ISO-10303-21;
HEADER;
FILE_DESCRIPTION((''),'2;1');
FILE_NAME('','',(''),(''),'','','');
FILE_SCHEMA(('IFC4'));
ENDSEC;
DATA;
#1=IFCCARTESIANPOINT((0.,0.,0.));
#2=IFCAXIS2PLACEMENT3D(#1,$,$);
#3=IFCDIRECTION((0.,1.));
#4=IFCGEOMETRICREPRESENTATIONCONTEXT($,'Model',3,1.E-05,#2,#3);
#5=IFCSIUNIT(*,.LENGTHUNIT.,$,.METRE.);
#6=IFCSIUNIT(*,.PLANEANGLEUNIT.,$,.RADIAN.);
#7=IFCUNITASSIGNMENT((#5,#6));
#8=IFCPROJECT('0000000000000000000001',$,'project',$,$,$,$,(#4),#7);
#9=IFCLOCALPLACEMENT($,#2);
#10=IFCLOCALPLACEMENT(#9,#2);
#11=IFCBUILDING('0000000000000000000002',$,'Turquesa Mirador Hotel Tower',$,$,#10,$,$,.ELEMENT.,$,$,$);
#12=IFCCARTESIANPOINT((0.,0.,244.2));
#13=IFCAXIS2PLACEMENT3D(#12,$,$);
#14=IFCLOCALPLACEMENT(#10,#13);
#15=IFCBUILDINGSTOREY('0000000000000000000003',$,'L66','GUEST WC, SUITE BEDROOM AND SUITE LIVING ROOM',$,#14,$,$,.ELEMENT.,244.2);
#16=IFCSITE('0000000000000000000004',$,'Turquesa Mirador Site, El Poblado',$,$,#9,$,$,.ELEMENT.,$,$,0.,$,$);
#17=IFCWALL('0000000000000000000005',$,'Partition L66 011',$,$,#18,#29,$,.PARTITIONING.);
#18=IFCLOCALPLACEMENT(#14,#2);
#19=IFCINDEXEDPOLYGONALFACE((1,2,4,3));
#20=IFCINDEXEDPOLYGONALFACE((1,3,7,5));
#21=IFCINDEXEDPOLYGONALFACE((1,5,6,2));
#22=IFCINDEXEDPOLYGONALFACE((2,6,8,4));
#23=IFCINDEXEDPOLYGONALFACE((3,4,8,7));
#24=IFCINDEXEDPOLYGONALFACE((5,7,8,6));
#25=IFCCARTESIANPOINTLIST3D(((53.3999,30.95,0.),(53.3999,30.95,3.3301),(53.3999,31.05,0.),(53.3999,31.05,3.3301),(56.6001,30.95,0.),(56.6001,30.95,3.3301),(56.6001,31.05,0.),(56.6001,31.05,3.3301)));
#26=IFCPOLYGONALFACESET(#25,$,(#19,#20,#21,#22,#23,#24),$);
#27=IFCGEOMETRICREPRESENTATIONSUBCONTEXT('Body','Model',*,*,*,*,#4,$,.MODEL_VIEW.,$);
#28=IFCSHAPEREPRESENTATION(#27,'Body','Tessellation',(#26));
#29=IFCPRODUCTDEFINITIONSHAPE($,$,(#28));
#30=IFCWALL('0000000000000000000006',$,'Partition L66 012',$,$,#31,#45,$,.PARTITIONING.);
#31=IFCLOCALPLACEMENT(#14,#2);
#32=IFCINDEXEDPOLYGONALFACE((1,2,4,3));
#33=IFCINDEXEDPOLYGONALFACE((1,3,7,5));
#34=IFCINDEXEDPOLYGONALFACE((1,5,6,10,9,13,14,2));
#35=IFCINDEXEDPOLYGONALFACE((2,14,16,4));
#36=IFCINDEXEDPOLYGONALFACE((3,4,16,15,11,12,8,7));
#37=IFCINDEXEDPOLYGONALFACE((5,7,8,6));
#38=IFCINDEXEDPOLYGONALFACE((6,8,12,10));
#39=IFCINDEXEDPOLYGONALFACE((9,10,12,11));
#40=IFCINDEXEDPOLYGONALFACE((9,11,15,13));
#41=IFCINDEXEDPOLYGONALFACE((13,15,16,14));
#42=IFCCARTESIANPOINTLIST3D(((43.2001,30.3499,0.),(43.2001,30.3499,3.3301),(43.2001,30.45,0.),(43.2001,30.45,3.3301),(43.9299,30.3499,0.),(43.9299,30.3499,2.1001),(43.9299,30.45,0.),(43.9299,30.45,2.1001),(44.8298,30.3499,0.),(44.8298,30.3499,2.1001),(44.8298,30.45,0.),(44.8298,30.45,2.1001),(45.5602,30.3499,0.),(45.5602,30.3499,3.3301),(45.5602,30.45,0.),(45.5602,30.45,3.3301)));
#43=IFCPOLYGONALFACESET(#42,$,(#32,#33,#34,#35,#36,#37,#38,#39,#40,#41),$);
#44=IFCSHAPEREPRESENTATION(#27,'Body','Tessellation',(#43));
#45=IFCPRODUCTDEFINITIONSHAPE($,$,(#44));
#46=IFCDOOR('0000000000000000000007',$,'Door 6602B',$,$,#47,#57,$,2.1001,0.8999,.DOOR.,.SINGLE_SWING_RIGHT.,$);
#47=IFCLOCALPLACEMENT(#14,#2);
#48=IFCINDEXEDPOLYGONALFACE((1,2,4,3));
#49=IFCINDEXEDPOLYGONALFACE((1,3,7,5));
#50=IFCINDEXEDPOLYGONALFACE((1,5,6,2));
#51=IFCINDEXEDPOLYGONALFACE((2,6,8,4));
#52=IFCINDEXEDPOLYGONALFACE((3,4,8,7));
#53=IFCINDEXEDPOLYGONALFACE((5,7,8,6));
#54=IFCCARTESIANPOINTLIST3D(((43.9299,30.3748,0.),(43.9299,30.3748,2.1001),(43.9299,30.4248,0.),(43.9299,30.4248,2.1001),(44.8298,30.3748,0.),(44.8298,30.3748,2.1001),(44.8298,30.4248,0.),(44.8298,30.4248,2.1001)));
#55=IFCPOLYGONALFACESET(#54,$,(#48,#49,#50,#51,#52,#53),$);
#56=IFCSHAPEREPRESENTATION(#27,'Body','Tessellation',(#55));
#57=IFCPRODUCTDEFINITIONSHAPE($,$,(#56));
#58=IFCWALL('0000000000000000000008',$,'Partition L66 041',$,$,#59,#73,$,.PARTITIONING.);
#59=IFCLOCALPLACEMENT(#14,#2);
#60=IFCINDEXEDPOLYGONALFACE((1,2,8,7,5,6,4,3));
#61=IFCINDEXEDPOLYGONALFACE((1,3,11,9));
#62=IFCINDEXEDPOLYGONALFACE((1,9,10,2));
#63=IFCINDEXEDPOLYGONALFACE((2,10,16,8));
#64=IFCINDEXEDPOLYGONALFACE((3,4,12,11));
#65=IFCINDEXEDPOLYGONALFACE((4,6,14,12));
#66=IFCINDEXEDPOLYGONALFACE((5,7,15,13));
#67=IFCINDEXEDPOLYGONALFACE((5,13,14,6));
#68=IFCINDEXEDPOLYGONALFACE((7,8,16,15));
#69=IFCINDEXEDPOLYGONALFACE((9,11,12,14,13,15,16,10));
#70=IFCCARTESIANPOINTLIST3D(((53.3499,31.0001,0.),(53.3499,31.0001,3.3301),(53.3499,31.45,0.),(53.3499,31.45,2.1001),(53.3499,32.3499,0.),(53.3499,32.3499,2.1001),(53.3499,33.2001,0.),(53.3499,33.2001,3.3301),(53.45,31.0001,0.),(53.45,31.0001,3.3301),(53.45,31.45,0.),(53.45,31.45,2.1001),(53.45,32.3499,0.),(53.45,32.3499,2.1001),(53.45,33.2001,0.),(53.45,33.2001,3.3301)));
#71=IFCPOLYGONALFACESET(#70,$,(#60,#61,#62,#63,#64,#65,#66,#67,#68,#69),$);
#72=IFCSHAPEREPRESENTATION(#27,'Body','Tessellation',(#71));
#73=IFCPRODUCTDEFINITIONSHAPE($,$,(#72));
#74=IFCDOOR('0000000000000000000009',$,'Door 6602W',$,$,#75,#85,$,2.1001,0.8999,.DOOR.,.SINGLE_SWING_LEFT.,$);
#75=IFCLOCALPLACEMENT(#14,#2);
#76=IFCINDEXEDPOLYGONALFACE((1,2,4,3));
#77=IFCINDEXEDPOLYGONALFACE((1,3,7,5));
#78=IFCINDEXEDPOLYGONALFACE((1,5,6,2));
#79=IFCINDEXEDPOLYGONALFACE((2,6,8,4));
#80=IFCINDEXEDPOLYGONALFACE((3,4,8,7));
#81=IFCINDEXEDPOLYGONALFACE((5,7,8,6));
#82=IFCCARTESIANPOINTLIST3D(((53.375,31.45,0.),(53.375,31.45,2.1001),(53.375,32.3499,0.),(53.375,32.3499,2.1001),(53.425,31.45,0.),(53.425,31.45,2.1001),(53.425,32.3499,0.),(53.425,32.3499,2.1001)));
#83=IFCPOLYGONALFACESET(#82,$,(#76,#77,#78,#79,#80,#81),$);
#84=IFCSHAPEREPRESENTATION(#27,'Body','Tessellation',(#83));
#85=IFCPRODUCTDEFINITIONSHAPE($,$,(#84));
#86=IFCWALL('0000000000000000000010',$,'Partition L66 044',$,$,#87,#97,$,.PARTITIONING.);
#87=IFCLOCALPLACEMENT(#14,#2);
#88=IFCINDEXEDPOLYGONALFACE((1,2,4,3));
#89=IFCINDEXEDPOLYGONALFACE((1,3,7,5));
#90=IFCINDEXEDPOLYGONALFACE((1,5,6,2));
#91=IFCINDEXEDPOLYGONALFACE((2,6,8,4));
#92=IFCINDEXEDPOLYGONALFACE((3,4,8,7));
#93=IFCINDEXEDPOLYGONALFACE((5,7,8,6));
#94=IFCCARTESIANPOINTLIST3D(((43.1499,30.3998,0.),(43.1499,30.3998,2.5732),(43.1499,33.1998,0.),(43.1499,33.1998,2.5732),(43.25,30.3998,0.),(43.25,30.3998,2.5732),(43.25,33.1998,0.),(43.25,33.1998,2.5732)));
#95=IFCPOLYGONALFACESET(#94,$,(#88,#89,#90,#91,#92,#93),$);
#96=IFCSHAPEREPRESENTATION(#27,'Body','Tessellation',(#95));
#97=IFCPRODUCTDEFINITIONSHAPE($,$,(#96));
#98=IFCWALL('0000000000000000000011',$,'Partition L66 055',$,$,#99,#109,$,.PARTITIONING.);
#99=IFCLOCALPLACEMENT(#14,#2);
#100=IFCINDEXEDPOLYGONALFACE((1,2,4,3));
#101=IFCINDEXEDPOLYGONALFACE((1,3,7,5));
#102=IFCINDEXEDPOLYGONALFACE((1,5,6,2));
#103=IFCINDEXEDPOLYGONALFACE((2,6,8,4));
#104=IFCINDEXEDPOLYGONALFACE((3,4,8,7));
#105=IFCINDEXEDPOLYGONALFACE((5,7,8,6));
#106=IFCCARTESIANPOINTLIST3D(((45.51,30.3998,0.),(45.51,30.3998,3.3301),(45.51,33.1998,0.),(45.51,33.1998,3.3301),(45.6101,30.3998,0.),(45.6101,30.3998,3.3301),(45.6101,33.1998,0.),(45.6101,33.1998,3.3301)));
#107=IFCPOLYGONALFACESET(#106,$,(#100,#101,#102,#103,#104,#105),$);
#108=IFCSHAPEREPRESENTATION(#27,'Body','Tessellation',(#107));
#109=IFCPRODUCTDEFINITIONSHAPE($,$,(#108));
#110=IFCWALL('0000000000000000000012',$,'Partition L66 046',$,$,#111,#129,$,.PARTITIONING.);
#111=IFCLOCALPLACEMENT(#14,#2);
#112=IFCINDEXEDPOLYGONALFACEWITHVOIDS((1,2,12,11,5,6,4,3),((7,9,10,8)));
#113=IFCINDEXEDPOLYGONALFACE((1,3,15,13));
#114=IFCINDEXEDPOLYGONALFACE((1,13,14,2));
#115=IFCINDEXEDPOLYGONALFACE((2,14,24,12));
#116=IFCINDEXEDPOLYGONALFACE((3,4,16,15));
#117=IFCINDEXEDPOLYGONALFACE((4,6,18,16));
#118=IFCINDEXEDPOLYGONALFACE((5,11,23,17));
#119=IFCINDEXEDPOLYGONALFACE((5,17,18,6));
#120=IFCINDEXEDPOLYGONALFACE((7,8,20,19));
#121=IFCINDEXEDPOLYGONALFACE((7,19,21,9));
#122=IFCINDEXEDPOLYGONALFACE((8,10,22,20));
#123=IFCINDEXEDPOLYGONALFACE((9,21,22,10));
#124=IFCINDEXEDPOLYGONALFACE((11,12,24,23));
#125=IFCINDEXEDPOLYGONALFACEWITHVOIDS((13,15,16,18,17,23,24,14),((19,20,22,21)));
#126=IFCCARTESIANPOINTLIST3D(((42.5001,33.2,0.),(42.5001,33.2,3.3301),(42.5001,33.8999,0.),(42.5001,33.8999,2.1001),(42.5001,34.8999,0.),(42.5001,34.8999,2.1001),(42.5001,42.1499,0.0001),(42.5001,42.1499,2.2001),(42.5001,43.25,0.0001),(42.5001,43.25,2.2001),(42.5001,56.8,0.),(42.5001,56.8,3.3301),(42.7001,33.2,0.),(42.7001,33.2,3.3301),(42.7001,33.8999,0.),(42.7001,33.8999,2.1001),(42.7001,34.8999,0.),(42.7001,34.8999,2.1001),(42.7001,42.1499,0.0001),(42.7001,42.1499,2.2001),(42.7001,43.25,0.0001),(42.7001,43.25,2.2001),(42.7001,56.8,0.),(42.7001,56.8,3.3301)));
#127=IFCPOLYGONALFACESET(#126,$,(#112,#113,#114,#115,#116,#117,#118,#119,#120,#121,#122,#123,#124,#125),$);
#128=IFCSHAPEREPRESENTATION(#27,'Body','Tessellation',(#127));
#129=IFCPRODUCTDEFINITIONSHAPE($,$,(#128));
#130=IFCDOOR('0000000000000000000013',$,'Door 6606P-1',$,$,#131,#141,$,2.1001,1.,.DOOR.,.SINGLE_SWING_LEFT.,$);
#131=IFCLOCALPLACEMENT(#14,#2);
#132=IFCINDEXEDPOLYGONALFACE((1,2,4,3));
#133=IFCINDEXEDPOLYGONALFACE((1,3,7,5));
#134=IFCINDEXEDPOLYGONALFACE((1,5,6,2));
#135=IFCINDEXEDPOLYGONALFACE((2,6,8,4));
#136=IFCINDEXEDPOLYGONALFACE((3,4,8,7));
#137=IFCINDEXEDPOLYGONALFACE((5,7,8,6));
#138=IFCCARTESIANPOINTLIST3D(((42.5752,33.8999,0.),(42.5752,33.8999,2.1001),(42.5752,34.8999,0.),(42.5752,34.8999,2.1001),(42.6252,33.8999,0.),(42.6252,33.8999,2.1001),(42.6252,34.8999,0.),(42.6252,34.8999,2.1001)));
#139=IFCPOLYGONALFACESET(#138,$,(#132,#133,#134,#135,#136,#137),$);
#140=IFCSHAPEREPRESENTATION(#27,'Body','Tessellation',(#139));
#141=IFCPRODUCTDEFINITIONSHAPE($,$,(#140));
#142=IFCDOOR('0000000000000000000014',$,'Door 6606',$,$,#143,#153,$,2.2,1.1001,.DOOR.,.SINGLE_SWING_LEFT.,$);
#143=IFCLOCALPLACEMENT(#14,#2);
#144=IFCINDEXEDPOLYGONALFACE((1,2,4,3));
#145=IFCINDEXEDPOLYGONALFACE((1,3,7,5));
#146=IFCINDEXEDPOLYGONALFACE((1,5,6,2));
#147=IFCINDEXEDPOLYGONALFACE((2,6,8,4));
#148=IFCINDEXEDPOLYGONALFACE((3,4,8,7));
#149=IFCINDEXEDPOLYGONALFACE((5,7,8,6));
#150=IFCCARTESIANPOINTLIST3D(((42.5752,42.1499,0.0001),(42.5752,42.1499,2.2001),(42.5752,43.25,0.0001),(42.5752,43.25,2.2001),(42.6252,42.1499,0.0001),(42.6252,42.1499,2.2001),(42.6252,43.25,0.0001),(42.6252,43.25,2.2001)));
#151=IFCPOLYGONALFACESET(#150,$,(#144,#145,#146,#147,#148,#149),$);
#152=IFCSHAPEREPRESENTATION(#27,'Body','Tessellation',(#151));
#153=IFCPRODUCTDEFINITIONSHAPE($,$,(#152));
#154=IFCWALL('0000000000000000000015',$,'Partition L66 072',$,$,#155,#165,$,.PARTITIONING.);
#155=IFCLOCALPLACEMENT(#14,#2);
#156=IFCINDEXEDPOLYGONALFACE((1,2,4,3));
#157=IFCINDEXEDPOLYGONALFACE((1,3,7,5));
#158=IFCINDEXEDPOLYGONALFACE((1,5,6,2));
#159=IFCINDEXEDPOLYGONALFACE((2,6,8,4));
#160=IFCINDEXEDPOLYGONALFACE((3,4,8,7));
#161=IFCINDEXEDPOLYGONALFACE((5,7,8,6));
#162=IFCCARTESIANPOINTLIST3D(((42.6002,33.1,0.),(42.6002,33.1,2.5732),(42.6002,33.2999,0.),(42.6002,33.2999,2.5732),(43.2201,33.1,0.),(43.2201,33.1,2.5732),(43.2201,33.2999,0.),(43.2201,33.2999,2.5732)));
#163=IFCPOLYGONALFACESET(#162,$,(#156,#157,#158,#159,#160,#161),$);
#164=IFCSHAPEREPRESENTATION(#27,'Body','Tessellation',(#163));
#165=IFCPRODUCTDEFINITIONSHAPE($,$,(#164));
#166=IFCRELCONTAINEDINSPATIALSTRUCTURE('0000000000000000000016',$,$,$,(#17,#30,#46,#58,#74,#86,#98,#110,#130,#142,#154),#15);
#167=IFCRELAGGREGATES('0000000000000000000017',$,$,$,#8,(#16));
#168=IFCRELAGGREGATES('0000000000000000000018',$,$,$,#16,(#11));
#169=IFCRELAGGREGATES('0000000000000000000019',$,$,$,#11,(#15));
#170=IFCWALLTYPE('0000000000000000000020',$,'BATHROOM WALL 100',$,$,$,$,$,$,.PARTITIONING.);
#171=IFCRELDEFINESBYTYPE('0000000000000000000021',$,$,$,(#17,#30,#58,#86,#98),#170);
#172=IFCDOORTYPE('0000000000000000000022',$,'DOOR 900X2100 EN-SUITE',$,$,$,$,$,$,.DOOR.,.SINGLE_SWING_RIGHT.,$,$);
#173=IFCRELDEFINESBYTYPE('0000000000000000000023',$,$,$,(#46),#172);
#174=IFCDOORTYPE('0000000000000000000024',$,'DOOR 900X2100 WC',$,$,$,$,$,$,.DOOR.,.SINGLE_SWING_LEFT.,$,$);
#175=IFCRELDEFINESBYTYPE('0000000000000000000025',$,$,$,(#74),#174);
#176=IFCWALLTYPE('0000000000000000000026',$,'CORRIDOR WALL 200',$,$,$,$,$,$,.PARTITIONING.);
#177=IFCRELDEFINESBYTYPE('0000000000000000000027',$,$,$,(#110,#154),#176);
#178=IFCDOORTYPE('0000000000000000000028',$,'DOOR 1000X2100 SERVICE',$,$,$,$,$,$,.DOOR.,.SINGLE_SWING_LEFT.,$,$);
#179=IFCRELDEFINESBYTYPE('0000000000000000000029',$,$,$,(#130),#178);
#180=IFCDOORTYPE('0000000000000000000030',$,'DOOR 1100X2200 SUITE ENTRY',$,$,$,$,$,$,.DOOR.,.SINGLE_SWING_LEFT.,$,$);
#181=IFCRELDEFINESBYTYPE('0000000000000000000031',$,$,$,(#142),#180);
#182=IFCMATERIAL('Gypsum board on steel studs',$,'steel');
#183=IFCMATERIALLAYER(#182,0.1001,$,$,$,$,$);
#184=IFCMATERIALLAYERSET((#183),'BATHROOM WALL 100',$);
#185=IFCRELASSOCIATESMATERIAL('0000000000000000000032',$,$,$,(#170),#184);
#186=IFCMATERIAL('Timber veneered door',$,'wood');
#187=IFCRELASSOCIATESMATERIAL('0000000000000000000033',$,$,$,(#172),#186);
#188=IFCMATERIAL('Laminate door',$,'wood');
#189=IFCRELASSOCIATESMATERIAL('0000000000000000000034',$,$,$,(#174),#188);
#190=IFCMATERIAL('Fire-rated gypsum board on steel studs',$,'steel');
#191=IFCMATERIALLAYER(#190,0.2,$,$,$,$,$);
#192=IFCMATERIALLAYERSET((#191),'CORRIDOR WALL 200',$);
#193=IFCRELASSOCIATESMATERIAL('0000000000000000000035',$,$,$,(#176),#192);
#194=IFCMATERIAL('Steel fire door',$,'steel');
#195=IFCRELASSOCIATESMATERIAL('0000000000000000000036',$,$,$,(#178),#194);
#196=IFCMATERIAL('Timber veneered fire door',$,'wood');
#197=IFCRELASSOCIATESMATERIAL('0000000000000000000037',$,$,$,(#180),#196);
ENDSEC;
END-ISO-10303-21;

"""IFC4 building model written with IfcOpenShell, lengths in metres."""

from ifc_helpers import new_model, si_unit, direction, frame, frame_2d, origin, place, context, subcontext, project, spatial, rectangle, extrude, material, layer, layer_set, type_object, element, fill, save


model = new_model("IFC4")

# Units and contexts
model_context = context("Model", 3, precision=1e-05, world=origin(), true_north=direction((0.0, 1.0)))
body_context = subcontext(model_context, "Body", "Model", "MODEL_VIEW")
ifc_project = project(units=[si_unit("LENGTHUNIT", "METRE"), si_unit("PLANEANGLEUNIT", "RADIAN")], contexts=[model_context])

# Site, building, storey
site_placement = place(None, origin())
site = spatial("IfcSite", under=ifc_project, at=site_placement, Name="Turquesa Mirador Site, El Poblado", CompositionType="ELEMENT", RefElevation=0.0)
building_placement = place(site_placement, origin())
building = spatial("IfcBuilding", under=site, at=building_placement, Name="Turquesa Mirador Hotel Tower", CompositionType="ELEMENT")
storey_placement = place(building_placement, frame((0.0, 0.0, 244.2)))
storey = spatial("IfcBuildingStorey", under=building, at=storey_placement, Name="L66", Description="GUEST WC, SUITE BEDROOM AND SUITE LIVING ROOM", CompositionType="ELEMENT", Elevation=244.2)

# Wall
ifc_material_1 = material(Name="Gypsum board on steel studs", Category="steel")
ifc_layer_1 = layer(ifc_material_1, 0.1001)
ifc_layer_set_1 = layer_set([ifc_layer_1], Name="BATHROOM WALL 100")
wall_type_1 = type_object("IfcWallType", Name="BATHROOM WALL 100", PredefinedType="PARTITIONING", material=ifc_layer_set_1)
wall_1_placement = place(storey_placement, frame((53.3999, 31.0, 0.0), z_axis=(0.0, 0.0, 1.0), x_axis=(1.0, 0.0, 0.0)))
element("IfcWall", 1, at=wall_1_placement, inside=storey, type_object=wall_type_1, Name="Partition L66 011", PredefinedType="PARTITIONING", context=body_context, shape_type="SweptSolid", body=[
    extrude(rectangle(XDim=3.2002, YDim=0.1001, at=frame_2d((1.6001, 0.0))), origin(), (0.0, 0.0, 1.0), 3.3301),
])

# Walls, openings, doors
wall_2_placement = place(storey_placement, frame((43.2, 30.3999, 0.0), z_axis=(0.0, 0.0, 1.0), x_axis=(1.0, 0.0, 0.0)))
wall_2 = element("IfcWall", 2, at=wall_2_placement, inside=storey, type_object=wall_type_1, Name="Partition L66 012", PredefinedType="PARTITIONING", context=body_context, shape_type="SweptSolid", body=[
    extrude(rectangle(XDim=2.3601, YDim=0.1001, at=frame_2d((1.1802, 0.0))), origin(), (0.0, 0.0, 1.0), 3.3301),
])
opening_1_placement = place(wall_2_placement, frame((0.73, 0.0, 0.0)))
opening_1 = element("IfcOpeningElement", 3, at=opening_1_placement, cuts=wall_2, PredefinedType="OPENING", context=body_context, shape_type="SweptSolid", body=[
    extrude(rectangle(XDim=0.8999, YDim=2.1001, at=frame_2d((0.45, 1.05))), frame((0.0, 0.0601, 0.0), z_axis=(0.0, -1.0, 0.0), x_axis=(1.0, 0.0, 0.0)), (0.0, 0.0, 1.0), 0.1201),
])
ifc_material_2 = material(Name="Timber veneered door", Category="wood")
door_type_1 = type_object("IfcDoorType", Name="DOOR 900X2100 EN-SUITE", OperationType="SINGLE_SWING_RIGHT", PredefinedType="DOOR", material=ifc_material_2)
door_1_placement = place(opening_1_placement, origin())
door_1 = element("IfcDoor", 4, at=door_1_placement, inside=storey, type_object=door_type_1, Name="Door 6602B", OperationType="SINGLE_SWING_RIGHT", OverallHeight=2.1001, OverallWidth=0.8999, PredefinedType="DOOR", context=body_context, shape_type="SweptSolid", body=[
    extrude(rectangle(XDim=0.8999, YDim=2.1001, at=frame_2d((0.45, 1.05))), frame((0.0, 0.0249, 0.0), z_axis=(0.0, -1.0, 0.0), x_axis=(1.0, 0.0, 0.0)), (0.0, 0.0, 1.0), 0.05),
])
fill(opening_1, door_1)
wall_3_placement = place(storey_placement, frame((53.3999, 31.0, 0.0), z_axis=(0.0, 0.0, 1.0), x_axis=(0.0, 1.0, 0.0)))
wall_3 = element("IfcWall", 5, at=wall_3_placement, inside=storey, type_object=wall_type_1, Name="Partition L66 041", PredefinedType="PARTITIONING", context=body_context, shape_type="SweptSolid", body=[
    extrude(rectangle(XDim=2.2, YDim=0.1001, at=frame_2d((1.1001, 0.0))), origin(), (0.0, 0.0, 1.0), 3.3301),
])
opening_2_placement = place(wall_3_placement, frame((0.45, 0.0, 0.0)))
opening_2 = element("IfcOpeningElement", 6, at=opening_2_placement, cuts=wall_3, PredefinedType="OPENING", context=body_context, shape_type="SweptSolid", body=[
    extrude(rectangle(XDim=0.8999, YDim=2.1001, at=frame_2d((0.45, 1.05))), frame((0.0, 0.0601, 0.0), z_axis=(0.0, -1.0, 0.0), x_axis=(1.0, 0.0, 0.0)), (0.0, 0.0, 1.0), 0.1201),
])
ifc_material_3 = material(Name="Laminate door", Category="wood")
door_type_2 = type_object("IfcDoorType", Name="DOOR 900X2100 WC", OperationType="SINGLE_SWING_LEFT", PredefinedType="DOOR", material=ifc_material_3)
door_2_placement = place(opening_2_placement, origin())
door_2 = element("IfcDoor", 7, at=door_2_placement, inside=storey, type_object=door_type_2, Name="Door 6602W", OperationType="SINGLE_SWING_LEFT", OverallHeight=2.1001, OverallWidth=0.8999, PredefinedType="DOOR", context=body_context, shape_type="SweptSolid", body=[
    extrude(rectangle(XDim=0.8999, YDim=2.1001, at=frame_2d((0.45, 1.05))), frame((0.0, 0.0249, 0.0), z_axis=(0.0, -1.0, 0.0), x_axis=(1.0, 0.0, 0.0)), (0.0, 0.0, 1.0), 0.05),
])
fill(opening_2, door_2)

# Walls
wall_4_placement = place(storey_placement, frame((43.2, 30.3999, 0.0), z_axis=(0.0, 0.0, 1.0), x_axis=(0.0, 1.0, 0.0)))
element("IfcWall", 8, at=wall_4_placement, inside=storey, type_object=wall_type_1, Name="Partition L66 044", PredefinedType="PARTITIONING", context=body_context, shape_type="SweptSolid", body=[
    extrude(rectangle(XDim=2.8, YDim=0.1001, at=frame_2d((1.3999, 0.0))), origin(), (0.0, 0.0, 1.0), 2.5732),
])
wall_5_placement = place(storey_placement, frame((45.5601, 30.3999, 0.0), z_axis=(0.0, 0.0, 1.0), x_axis=(0.0, 1.0, 0.0)))
element("IfcWall", 9, at=wall_5_placement, inside=storey, type_object=wall_type_1, Name="Partition L66 055", PredefinedType="PARTITIONING", context=body_context, shape_type="SweptSolid", body=[
    extrude(rectangle(XDim=2.8, YDim=0.1001, at=frame_2d((1.3999, 0.0))), origin(), (0.0, 0.0, 1.0), 3.3301),
])

# Wall, openings, doors
ifc_material_4 = material(Name="Fire-rated gypsum board on steel studs", Category="steel")
ifc_layer_2 = layer(ifc_material_4, 0.2)
ifc_layer_set_2 = layer_set([ifc_layer_2], Name="CORRIDOR WALL 200")
wall_type_2 = type_object("IfcWallType", Name="CORRIDOR WALL 200", PredefinedType="PARTITIONING", material=ifc_layer_set_2)
wall_6_placement = place(storey_placement, frame((42.6001, 33.2, 0.0), z_axis=(0.0, 0.0, 1.0), x_axis=(0.0, 1.0, 0.0)))
wall_6 = element("IfcWall", 10, at=wall_6_placement, inside=storey, type_object=wall_type_2, Name="Partition L66 046", PredefinedType="PARTITIONING", context=body_context, shape_type="SweptSolid", body=[
    extrude(rectangle(XDim=23.6001, YDim=0.2, at=frame_2d((11.8, 0.0))), origin(), (0.0, 0.0, 1.0), 3.3301),
])
opening_3_placement = place(wall_6_placement, frame((8.95, 0.0, 0.0)))
opening_3 = element("IfcOpeningElement", 11, at=opening_3_placement, cuts=wall_6, PredefinedType="OPENING", context=body_context, shape_type="SweptSolid", body=[
    extrude(rectangle(XDim=1.1001, YDim=2.2, at=frame_2d((0.55, 1.1001))), frame((0.0, 0.1099, 0.0), z_axis=(0.0, -1.0, 0.0), x_axis=(1.0, 0.0, 0.0)), (0.0, 0.0, 1.0), 0.22),
])
opening_4_placement = place(wall_6_placement, frame((0.7, 0.0, 0.0)))
opening_4 = element("IfcOpeningElement", 12, at=opening_4_placement, cuts=wall_6, PredefinedType="OPENING", context=body_context, shape_type="SweptSolid", body=[
    extrude(rectangle(XDim=1.0, YDim=2.1001, at=frame_2d((0.5, 1.05))), frame((0.0, 0.1099, 0.0), z_axis=(0.0, -1.0, 0.0), x_axis=(1.0, 0.0, 0.0)), (0.0, 0.0, 1.0), 0.22),
])
ifc_material_5 = material(Name="Steel fire door", Category="steel")
door_type_3 = type_object("IfcDoorType", Name="DOOR 1000X2100 SERVICE", OperationType="SINGLE_SWING_LEFT", PredefinedType="DOOR", material=ifc_material_5)
door_3_placement = place(opening_4_placement, origin())
door_3 = element("IfcDoor", 13, at=door_3_placement, inside=storey, type_object=door_type_3, Name="Door 6606P-1", OperationType="SINGLE_SWING_LEFT", OverallHeight=2.1001, OverallWidth=1.0, PredefinedType="DOOR", context=body_context, shape_type="SweptSolid", body=[
    extrude(rectangle(XDim=1.0, YDim=2.1001, at=frame_2d((0.5, 1.05))), frame((0.0, 0.0249, 0.0), z_axis=(0.0, -1.0, 0.0), x_axis=(1.0, 0.0, 0.0)), (0.0, 0.0, 1.0), 0.05),
])
fill(opening_4, door_3)
ifc_material_6 = material(Name="Timber veneered fire door", Category="wood")
door_type_4 = type_object("IfcDoorType", Name="DOOR 1100X2200 SUITE ENTRY", OperationType="SINGLE_SWING_LEFT", PredefinedType="DOOR", material=ifc_material_6)
door_4_placement = place(opening_3_placement, origin())
door_4 = element("IfcDoor", 14, at=door_4_placement, inside=storey, type_object=door_type_4, Name="Door 6606", OperationType="SINGLE_SWING_LEFT", OverallHeight=2.2, OverallWidth=1.1001, PredefinedType="DOOR", context=body_context, shape_type="SweptSolid", body=[
    extrude(rectangle(XDim=1.1001, YDim=2.2, at=frame_2d((0.55, 1.1001))), frame((0.0, 0.0249, 0.0), z_axis=(0.0, -1.0, 0.0), x_axis=(1.0, 0.0, 0.0)), (0.0, 0.0, 1.0), 0.05),
])
fill(opening_3, door_4)

# Wall
wall_7_placement = place(storey_placement, frame((42.6001, 33.2, 0.0), z_axis=(0.0, 0.0, 1.0), x_axis=(1.0, 0.0, 0.0)))
element("IfcWall", 15, at=wall_7_placement, inside=storey, type_object=wall_type_2, Name="Partition L66 072", PredefinedType="PARTITIONING", context=body_context, shape_type="SweptSolid", body=[
    extrude(rectangle(XDim=0.6199, YDim=0.2, at=frame_2d((0.3101, 0.0))), origin(), (0.0, 0.0, 1.0), 2.5732),
])

save(model, "model.ifc")
